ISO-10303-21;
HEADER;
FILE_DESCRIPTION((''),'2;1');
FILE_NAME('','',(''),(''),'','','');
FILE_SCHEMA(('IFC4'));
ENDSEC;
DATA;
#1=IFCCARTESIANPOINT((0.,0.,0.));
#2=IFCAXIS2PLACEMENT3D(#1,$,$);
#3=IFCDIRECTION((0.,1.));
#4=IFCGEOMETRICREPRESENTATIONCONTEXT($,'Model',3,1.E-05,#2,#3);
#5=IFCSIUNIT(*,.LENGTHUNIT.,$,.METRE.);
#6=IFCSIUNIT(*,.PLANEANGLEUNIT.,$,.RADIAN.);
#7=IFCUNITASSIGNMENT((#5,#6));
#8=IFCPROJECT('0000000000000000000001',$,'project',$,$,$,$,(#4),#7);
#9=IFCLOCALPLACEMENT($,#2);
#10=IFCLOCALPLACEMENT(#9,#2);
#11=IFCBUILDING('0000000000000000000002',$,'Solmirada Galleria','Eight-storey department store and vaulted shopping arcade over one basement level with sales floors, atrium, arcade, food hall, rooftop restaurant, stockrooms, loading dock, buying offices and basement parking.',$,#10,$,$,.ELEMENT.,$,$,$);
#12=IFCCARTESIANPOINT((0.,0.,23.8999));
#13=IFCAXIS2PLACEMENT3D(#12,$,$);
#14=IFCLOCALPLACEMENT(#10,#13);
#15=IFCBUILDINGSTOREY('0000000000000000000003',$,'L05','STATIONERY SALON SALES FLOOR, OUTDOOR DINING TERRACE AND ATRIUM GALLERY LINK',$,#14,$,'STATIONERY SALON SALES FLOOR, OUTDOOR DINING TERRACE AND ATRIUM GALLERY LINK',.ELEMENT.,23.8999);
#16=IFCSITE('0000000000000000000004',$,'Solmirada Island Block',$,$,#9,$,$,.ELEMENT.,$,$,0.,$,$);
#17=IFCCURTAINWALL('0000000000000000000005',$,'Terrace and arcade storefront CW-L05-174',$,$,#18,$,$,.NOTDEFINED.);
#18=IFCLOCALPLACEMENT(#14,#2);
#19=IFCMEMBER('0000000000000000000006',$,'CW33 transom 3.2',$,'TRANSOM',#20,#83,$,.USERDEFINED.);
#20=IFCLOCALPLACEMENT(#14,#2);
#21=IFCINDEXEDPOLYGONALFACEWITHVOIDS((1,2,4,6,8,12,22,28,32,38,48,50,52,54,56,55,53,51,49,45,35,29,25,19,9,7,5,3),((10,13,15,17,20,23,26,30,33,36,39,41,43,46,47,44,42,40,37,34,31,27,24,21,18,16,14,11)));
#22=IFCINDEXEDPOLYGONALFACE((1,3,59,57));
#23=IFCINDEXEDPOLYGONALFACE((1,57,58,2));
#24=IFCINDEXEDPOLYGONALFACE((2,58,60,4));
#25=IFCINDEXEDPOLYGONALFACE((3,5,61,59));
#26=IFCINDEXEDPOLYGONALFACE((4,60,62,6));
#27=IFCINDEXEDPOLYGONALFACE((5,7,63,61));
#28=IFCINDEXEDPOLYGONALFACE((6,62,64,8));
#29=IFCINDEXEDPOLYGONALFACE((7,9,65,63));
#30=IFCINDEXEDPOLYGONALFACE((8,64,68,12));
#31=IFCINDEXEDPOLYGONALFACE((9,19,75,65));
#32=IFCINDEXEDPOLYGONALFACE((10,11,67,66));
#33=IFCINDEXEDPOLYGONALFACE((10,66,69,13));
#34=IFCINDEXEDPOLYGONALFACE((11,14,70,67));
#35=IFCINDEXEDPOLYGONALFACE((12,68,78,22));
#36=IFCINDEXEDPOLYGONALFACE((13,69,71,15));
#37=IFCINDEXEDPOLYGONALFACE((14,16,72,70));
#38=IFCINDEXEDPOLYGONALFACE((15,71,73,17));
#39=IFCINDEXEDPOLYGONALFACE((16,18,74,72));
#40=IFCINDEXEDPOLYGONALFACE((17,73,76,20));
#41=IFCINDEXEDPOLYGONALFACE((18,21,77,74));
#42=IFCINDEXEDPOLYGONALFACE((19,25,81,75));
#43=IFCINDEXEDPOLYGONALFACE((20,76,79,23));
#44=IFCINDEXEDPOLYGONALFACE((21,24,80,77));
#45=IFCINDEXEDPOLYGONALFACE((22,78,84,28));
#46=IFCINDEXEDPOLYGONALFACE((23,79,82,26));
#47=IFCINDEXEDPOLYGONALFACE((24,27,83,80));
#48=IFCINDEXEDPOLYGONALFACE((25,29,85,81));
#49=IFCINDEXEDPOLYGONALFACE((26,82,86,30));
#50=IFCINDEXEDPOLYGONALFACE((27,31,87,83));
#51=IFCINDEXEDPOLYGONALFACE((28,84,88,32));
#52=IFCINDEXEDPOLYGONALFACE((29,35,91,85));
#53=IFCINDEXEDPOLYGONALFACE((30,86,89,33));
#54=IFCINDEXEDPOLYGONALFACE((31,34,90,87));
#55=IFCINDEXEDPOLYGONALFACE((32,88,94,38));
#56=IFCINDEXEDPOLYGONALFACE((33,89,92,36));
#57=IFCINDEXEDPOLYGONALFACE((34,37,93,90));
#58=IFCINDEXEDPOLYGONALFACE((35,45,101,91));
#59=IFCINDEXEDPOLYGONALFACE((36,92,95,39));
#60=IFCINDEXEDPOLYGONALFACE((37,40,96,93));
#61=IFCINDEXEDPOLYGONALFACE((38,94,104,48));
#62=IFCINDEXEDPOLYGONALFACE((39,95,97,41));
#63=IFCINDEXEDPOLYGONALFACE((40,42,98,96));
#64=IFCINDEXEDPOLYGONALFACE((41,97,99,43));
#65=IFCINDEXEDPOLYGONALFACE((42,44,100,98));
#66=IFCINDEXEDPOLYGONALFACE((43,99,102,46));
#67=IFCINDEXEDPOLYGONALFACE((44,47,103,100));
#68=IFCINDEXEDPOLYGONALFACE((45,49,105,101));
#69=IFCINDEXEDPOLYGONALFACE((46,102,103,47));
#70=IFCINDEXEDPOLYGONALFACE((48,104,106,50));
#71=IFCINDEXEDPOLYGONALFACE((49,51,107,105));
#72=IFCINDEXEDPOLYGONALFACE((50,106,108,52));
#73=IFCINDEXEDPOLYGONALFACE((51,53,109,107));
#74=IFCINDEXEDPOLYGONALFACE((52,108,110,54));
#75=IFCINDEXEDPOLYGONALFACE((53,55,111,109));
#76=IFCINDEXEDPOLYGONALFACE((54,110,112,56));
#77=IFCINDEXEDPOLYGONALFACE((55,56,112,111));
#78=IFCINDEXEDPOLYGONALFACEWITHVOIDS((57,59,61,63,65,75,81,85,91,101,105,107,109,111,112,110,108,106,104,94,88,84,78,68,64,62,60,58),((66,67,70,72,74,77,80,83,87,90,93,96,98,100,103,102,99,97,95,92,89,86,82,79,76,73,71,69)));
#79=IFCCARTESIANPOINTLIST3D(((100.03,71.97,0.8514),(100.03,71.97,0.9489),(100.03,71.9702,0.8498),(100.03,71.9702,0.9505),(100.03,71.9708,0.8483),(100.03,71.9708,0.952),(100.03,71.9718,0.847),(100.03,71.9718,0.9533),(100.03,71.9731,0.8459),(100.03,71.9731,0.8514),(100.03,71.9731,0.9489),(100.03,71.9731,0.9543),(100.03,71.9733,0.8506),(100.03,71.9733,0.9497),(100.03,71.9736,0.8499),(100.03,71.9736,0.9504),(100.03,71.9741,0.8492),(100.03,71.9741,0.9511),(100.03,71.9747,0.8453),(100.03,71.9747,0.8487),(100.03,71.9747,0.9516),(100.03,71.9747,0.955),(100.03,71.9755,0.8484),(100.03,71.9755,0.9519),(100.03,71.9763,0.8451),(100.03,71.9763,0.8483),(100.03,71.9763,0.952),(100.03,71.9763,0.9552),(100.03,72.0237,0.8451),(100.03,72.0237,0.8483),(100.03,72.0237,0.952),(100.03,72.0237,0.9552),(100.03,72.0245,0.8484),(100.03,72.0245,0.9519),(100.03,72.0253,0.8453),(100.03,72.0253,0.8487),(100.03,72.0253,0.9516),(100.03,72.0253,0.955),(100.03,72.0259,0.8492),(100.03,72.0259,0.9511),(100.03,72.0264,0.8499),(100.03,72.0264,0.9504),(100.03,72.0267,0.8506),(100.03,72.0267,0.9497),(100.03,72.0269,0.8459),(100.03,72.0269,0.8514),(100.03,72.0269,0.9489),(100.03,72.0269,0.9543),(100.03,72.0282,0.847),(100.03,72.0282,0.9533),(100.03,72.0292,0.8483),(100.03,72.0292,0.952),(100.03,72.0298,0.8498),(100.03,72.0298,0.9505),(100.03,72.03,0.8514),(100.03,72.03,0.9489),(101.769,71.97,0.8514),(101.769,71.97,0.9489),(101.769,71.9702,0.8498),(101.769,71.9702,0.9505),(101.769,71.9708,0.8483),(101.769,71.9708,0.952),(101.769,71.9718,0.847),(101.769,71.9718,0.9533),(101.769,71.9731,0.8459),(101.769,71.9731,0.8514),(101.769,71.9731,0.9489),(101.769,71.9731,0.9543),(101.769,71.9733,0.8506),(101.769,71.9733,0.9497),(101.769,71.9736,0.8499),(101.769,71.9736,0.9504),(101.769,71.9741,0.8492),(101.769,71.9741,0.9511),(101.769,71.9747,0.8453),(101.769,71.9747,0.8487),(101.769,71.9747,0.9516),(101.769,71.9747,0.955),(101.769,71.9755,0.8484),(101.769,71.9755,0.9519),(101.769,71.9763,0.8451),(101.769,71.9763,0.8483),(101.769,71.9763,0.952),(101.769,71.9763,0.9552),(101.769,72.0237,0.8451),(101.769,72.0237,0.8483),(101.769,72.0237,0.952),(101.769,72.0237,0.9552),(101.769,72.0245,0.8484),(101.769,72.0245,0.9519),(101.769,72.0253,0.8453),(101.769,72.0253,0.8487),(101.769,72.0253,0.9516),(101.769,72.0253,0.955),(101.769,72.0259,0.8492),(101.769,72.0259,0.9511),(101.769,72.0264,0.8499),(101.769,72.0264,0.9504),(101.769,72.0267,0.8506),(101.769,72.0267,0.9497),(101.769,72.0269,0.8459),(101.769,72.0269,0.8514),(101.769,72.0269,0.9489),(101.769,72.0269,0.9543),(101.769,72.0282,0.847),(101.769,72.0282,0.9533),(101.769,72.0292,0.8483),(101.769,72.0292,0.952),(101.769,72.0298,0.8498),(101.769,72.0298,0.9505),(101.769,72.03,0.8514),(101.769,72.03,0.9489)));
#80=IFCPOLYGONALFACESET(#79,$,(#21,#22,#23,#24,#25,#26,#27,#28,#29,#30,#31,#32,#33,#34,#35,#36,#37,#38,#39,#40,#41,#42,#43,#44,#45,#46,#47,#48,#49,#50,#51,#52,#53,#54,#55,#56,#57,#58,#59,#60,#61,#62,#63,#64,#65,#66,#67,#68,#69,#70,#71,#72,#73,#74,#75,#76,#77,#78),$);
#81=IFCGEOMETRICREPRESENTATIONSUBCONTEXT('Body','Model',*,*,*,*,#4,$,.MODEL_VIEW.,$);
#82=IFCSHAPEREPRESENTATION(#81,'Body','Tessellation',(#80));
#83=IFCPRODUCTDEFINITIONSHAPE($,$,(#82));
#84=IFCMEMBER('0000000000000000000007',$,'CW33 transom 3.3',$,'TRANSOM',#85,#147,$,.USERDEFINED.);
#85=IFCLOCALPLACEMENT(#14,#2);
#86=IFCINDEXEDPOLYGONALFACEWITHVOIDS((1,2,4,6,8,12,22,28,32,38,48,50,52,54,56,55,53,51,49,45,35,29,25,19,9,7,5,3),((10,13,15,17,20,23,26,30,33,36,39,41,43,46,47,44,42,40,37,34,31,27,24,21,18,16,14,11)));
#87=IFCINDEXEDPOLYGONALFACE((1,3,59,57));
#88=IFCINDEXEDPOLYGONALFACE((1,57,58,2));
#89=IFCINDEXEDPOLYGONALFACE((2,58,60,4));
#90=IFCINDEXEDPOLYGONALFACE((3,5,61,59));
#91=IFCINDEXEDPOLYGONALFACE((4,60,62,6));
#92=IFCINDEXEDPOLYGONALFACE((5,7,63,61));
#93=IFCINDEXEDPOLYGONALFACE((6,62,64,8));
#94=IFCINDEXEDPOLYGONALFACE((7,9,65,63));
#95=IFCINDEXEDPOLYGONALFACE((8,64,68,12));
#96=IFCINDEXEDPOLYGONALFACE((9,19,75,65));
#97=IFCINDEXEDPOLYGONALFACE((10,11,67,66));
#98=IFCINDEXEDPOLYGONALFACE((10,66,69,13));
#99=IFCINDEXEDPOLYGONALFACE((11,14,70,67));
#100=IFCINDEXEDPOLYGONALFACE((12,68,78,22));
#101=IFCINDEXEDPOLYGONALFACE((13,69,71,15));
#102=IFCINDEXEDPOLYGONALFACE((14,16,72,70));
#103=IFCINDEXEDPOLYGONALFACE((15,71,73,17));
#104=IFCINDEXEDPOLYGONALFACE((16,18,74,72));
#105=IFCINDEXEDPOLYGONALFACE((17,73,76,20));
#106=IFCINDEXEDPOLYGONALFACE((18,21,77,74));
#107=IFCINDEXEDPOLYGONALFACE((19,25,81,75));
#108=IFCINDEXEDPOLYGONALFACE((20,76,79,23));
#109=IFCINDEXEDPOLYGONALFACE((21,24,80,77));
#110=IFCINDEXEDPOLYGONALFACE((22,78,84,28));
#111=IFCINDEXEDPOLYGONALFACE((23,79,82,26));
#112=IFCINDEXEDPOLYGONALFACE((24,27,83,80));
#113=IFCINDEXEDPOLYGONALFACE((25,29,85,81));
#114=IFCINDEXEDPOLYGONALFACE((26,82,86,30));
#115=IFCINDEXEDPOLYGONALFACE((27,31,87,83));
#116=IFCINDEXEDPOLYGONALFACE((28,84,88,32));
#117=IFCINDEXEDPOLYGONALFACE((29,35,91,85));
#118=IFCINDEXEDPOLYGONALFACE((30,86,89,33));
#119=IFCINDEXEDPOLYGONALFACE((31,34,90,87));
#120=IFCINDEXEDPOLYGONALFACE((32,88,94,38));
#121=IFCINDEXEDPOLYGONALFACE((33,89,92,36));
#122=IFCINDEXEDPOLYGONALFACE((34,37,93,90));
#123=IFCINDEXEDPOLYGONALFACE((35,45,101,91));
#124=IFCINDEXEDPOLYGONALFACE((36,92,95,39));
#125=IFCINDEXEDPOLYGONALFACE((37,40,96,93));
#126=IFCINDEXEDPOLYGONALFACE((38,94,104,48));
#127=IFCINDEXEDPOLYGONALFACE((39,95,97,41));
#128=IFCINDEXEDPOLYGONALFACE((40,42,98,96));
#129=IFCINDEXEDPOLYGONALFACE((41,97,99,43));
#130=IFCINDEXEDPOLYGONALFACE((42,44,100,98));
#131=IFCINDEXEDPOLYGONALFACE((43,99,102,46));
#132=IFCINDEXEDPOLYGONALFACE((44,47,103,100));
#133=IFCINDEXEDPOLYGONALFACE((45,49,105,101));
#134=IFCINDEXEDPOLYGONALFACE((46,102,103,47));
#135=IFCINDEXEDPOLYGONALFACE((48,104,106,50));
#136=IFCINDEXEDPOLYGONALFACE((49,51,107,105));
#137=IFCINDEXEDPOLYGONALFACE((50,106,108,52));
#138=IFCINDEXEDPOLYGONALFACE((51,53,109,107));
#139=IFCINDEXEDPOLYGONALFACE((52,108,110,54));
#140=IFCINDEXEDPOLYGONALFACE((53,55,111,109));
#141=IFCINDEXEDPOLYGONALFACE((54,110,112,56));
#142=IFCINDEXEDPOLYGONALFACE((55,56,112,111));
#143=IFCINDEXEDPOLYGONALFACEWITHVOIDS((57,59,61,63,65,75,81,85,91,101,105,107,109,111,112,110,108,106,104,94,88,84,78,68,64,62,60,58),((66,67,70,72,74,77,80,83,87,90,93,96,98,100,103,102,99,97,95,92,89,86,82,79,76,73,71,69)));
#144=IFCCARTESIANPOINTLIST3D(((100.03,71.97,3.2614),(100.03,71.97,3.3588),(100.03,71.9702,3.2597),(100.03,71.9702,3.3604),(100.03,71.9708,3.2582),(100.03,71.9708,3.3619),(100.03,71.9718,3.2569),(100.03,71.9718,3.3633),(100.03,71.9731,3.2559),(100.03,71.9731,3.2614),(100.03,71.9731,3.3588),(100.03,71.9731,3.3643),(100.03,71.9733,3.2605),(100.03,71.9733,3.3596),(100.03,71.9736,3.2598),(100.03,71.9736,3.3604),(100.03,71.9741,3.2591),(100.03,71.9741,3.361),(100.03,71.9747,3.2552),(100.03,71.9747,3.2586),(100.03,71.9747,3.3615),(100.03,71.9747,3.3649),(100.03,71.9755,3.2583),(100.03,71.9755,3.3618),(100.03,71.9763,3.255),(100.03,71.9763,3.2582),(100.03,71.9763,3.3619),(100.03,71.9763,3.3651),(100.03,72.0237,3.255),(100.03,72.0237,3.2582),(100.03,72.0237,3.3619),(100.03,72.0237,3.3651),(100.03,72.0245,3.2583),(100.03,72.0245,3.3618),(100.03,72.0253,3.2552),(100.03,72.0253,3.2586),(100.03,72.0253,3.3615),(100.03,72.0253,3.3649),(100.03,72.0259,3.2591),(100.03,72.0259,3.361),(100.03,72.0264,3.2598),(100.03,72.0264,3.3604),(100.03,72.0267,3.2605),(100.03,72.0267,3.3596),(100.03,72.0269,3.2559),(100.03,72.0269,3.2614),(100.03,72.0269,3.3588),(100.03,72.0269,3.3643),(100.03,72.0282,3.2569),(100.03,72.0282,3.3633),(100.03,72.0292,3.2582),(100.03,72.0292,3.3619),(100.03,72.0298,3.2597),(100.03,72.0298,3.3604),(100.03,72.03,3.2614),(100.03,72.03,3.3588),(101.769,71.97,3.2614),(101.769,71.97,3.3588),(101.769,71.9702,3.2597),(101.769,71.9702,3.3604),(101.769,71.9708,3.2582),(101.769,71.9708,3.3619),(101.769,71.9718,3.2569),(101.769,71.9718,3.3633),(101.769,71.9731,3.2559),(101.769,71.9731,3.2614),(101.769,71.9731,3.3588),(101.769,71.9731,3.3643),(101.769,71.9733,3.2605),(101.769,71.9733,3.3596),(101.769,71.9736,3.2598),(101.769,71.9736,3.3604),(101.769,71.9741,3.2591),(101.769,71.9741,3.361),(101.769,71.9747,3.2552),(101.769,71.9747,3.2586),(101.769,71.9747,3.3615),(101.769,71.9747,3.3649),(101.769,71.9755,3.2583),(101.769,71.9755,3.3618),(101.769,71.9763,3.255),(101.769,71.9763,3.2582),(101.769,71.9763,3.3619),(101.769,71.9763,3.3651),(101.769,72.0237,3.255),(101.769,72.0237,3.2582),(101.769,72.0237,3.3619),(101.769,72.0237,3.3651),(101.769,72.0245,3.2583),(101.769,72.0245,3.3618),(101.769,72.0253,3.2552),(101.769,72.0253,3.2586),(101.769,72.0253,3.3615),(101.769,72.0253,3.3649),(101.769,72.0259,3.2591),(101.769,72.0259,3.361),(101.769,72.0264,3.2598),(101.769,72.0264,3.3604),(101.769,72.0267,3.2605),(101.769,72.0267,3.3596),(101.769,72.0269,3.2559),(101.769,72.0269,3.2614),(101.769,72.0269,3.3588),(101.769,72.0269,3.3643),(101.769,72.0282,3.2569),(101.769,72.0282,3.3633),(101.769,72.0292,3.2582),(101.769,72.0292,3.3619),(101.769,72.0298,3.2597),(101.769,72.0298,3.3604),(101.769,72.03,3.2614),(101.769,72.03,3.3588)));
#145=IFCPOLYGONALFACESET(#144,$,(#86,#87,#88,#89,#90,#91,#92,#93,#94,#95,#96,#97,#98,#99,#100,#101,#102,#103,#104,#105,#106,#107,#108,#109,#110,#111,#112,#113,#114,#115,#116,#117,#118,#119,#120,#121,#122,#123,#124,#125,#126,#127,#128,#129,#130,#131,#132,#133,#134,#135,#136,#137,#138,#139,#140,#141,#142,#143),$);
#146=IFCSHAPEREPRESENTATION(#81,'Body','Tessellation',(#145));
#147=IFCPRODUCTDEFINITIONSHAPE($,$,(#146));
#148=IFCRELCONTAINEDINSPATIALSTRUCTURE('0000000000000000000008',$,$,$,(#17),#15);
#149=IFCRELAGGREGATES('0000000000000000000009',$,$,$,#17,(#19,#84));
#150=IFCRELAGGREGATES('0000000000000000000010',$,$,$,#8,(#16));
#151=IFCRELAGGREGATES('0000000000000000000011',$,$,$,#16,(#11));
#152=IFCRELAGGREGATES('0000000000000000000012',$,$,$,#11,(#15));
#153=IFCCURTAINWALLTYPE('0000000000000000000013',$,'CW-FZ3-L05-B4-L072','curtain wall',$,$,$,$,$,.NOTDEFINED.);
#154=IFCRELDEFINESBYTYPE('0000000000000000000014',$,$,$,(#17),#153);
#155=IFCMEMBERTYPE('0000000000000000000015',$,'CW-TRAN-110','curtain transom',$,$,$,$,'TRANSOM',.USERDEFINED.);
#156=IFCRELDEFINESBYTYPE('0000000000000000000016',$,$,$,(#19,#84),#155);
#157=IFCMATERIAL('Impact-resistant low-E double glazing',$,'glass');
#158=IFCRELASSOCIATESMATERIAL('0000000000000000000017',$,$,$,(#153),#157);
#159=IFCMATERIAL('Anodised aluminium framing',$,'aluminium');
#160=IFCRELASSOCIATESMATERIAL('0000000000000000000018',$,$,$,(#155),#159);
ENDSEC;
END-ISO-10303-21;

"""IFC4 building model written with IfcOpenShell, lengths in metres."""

from ifc_helpers import new_model, si_unit, direction, frame, origin, origin_2d, place, context, subcontext, project, spatial, hollow_rectangle, extrude, material, material_profile, profile_set, type_object, element, aggregate, save


model = new_model("IFC4")

# Units and contexts
model_context = context("Model", 3, precision=1e-05, world=origin(), true_north=direction((0.0, 1.0)))
body_context = subcontext(model_context, "Body", "Model", "MODEL_VIEW")
ifc_project = project(units=[si_unit("LENGTHUNIT", "METRE"), si_unit("PLANEANGLEUNIT", "RADIAN")], contexts=[model_context])

# Site, building, storey
site_placement = place(None, origin())
site = spatial("IfcSite", under=ifc_project, at=site_placement, Name="Solmirada Island Block", CompositionType="ELEMENT", RefElevation=0.0)
building_placement = place(site_placement, origin())
building = spatial("IfcBuilding", under=site, at=building_placement, Name="Solmirada Galleria", Description="Eight-storey department store and vaulted shopping arcade over one basement level with sales floors, atrium, arcade, food hall, rooftop restaurant, stockrooms, loading dock, buying offices and basement parking.", CompositionType="ELEMENT")
storey_placement = place(building_placement, frame((0.0, 0.0, 23.8999)))
storey = spatial("IfcBuildingStorey", under=building, at=storey_placement, Name="L05", Description="STATIONERY SALON SALES FLOOR, OUTDOOR DINING TERRACE AND ATRIUM GALLERY LINK", LongName="STATIONERY SALON SALES FLOOR, OUTDOOR DINING TERRACE AND ATRIUM GALLERY LINK", CompositionType="ELEMENT", Elevation=23.8999)

# Curtain wall, members
ifc_material_1 = material(Name="Impact-resistant low-E double glazing", Category="glass")
curtain_wall_type = type_object("IfcCurtainWallType", Name="CW-FZ3-L05-B4-L072", Description="curtain wall", PredefinedType="NOTDEFINED", material=ifc_material_1)
curtain_wall_placement = place(storey_placement, origin())
curtain_wall = element("IfcCurtainWall", 1, at=curtain_wall_placement, inside=storey, type_object=curtain_wall_type, Name="Terrace and arcade storefront CW-L05-174", PredefinedType="NOTDEFINED")
ifc_material_2 = material(Name="Anodised aluminium framing", Category="aluminium")
ifc_material_profile_1 = material_profile(ifc_material_2, hollow_rectangle(XDim=0.0601, YDim=0.1101, WallThickness=0.0032, InnerFilletRadius=0.0032, OuterFilletRadius=0.0063, at=origin_2d()), Name="ALU-TRAN-110X60")
ifc_profile_set_1 = profile_set([ifc_material_profile_1], Name="Anodised aluminium framing")
member_type_1 = type_object("IfcMemberType", Name="CW-TRAN-110", Description="curtain transom", ElementType="TRANSOM", PredefinedType="USERDEFINED", material=ifc_profile_set_1)
member_1_placement = place(storey_placement, frame((100.03, 72.0, 0.9001), z_axis=(1.0, 0.0, 0.0), x_axis=(0.0, 1.0, 0.0)))
member_1 = element("IfcMember", 2, at=member_1_placement, type_object=member_type_1, Name="CW33 transom 3.2", ObjectType="TRANSOM", PredefinedType="USERDEFINED", context=body_context, shape_type="SweptSolid", body=[
    extrude(hollow_rectangle(XDim=0.0601, YDim=0.1101, WallThickness=0.0032, InnerFilletRadius=0.0032, OuterFilletRadius=0.0063, at=origin_2d()), origin(), (0.0, 0.0, 1.0), 1.739),
])
member_2_placement = place(storey_placement, frame((100.03, 72.0, 3.3101), z_axis=(1.0, 0.0, 0.0), x_axis=(0.0, 1.0, 0.0)))
member_2 = element("IfcMember", 3, at=member_2_placement, type_object=member_type_1, Name="CW33 transom 3.3", ObjectType="TRANSOM", PredefinedType="USERDEFINED", context=body_context, shape_type="SweptSolid", body=[
    extrude(hollow_rectangle(XDim=0.0601, YDim=0.1101, WallThickness=0.0032, InnerFilletRadius=0.0032, OuterFilletRadius=0.0063, at=origin_2d()), origin(), (0.0, 0.0, 1.0), 1.739),
])
aggregate(curtain_wall, [member_1, member_2])

save(model, "model.ifc")
